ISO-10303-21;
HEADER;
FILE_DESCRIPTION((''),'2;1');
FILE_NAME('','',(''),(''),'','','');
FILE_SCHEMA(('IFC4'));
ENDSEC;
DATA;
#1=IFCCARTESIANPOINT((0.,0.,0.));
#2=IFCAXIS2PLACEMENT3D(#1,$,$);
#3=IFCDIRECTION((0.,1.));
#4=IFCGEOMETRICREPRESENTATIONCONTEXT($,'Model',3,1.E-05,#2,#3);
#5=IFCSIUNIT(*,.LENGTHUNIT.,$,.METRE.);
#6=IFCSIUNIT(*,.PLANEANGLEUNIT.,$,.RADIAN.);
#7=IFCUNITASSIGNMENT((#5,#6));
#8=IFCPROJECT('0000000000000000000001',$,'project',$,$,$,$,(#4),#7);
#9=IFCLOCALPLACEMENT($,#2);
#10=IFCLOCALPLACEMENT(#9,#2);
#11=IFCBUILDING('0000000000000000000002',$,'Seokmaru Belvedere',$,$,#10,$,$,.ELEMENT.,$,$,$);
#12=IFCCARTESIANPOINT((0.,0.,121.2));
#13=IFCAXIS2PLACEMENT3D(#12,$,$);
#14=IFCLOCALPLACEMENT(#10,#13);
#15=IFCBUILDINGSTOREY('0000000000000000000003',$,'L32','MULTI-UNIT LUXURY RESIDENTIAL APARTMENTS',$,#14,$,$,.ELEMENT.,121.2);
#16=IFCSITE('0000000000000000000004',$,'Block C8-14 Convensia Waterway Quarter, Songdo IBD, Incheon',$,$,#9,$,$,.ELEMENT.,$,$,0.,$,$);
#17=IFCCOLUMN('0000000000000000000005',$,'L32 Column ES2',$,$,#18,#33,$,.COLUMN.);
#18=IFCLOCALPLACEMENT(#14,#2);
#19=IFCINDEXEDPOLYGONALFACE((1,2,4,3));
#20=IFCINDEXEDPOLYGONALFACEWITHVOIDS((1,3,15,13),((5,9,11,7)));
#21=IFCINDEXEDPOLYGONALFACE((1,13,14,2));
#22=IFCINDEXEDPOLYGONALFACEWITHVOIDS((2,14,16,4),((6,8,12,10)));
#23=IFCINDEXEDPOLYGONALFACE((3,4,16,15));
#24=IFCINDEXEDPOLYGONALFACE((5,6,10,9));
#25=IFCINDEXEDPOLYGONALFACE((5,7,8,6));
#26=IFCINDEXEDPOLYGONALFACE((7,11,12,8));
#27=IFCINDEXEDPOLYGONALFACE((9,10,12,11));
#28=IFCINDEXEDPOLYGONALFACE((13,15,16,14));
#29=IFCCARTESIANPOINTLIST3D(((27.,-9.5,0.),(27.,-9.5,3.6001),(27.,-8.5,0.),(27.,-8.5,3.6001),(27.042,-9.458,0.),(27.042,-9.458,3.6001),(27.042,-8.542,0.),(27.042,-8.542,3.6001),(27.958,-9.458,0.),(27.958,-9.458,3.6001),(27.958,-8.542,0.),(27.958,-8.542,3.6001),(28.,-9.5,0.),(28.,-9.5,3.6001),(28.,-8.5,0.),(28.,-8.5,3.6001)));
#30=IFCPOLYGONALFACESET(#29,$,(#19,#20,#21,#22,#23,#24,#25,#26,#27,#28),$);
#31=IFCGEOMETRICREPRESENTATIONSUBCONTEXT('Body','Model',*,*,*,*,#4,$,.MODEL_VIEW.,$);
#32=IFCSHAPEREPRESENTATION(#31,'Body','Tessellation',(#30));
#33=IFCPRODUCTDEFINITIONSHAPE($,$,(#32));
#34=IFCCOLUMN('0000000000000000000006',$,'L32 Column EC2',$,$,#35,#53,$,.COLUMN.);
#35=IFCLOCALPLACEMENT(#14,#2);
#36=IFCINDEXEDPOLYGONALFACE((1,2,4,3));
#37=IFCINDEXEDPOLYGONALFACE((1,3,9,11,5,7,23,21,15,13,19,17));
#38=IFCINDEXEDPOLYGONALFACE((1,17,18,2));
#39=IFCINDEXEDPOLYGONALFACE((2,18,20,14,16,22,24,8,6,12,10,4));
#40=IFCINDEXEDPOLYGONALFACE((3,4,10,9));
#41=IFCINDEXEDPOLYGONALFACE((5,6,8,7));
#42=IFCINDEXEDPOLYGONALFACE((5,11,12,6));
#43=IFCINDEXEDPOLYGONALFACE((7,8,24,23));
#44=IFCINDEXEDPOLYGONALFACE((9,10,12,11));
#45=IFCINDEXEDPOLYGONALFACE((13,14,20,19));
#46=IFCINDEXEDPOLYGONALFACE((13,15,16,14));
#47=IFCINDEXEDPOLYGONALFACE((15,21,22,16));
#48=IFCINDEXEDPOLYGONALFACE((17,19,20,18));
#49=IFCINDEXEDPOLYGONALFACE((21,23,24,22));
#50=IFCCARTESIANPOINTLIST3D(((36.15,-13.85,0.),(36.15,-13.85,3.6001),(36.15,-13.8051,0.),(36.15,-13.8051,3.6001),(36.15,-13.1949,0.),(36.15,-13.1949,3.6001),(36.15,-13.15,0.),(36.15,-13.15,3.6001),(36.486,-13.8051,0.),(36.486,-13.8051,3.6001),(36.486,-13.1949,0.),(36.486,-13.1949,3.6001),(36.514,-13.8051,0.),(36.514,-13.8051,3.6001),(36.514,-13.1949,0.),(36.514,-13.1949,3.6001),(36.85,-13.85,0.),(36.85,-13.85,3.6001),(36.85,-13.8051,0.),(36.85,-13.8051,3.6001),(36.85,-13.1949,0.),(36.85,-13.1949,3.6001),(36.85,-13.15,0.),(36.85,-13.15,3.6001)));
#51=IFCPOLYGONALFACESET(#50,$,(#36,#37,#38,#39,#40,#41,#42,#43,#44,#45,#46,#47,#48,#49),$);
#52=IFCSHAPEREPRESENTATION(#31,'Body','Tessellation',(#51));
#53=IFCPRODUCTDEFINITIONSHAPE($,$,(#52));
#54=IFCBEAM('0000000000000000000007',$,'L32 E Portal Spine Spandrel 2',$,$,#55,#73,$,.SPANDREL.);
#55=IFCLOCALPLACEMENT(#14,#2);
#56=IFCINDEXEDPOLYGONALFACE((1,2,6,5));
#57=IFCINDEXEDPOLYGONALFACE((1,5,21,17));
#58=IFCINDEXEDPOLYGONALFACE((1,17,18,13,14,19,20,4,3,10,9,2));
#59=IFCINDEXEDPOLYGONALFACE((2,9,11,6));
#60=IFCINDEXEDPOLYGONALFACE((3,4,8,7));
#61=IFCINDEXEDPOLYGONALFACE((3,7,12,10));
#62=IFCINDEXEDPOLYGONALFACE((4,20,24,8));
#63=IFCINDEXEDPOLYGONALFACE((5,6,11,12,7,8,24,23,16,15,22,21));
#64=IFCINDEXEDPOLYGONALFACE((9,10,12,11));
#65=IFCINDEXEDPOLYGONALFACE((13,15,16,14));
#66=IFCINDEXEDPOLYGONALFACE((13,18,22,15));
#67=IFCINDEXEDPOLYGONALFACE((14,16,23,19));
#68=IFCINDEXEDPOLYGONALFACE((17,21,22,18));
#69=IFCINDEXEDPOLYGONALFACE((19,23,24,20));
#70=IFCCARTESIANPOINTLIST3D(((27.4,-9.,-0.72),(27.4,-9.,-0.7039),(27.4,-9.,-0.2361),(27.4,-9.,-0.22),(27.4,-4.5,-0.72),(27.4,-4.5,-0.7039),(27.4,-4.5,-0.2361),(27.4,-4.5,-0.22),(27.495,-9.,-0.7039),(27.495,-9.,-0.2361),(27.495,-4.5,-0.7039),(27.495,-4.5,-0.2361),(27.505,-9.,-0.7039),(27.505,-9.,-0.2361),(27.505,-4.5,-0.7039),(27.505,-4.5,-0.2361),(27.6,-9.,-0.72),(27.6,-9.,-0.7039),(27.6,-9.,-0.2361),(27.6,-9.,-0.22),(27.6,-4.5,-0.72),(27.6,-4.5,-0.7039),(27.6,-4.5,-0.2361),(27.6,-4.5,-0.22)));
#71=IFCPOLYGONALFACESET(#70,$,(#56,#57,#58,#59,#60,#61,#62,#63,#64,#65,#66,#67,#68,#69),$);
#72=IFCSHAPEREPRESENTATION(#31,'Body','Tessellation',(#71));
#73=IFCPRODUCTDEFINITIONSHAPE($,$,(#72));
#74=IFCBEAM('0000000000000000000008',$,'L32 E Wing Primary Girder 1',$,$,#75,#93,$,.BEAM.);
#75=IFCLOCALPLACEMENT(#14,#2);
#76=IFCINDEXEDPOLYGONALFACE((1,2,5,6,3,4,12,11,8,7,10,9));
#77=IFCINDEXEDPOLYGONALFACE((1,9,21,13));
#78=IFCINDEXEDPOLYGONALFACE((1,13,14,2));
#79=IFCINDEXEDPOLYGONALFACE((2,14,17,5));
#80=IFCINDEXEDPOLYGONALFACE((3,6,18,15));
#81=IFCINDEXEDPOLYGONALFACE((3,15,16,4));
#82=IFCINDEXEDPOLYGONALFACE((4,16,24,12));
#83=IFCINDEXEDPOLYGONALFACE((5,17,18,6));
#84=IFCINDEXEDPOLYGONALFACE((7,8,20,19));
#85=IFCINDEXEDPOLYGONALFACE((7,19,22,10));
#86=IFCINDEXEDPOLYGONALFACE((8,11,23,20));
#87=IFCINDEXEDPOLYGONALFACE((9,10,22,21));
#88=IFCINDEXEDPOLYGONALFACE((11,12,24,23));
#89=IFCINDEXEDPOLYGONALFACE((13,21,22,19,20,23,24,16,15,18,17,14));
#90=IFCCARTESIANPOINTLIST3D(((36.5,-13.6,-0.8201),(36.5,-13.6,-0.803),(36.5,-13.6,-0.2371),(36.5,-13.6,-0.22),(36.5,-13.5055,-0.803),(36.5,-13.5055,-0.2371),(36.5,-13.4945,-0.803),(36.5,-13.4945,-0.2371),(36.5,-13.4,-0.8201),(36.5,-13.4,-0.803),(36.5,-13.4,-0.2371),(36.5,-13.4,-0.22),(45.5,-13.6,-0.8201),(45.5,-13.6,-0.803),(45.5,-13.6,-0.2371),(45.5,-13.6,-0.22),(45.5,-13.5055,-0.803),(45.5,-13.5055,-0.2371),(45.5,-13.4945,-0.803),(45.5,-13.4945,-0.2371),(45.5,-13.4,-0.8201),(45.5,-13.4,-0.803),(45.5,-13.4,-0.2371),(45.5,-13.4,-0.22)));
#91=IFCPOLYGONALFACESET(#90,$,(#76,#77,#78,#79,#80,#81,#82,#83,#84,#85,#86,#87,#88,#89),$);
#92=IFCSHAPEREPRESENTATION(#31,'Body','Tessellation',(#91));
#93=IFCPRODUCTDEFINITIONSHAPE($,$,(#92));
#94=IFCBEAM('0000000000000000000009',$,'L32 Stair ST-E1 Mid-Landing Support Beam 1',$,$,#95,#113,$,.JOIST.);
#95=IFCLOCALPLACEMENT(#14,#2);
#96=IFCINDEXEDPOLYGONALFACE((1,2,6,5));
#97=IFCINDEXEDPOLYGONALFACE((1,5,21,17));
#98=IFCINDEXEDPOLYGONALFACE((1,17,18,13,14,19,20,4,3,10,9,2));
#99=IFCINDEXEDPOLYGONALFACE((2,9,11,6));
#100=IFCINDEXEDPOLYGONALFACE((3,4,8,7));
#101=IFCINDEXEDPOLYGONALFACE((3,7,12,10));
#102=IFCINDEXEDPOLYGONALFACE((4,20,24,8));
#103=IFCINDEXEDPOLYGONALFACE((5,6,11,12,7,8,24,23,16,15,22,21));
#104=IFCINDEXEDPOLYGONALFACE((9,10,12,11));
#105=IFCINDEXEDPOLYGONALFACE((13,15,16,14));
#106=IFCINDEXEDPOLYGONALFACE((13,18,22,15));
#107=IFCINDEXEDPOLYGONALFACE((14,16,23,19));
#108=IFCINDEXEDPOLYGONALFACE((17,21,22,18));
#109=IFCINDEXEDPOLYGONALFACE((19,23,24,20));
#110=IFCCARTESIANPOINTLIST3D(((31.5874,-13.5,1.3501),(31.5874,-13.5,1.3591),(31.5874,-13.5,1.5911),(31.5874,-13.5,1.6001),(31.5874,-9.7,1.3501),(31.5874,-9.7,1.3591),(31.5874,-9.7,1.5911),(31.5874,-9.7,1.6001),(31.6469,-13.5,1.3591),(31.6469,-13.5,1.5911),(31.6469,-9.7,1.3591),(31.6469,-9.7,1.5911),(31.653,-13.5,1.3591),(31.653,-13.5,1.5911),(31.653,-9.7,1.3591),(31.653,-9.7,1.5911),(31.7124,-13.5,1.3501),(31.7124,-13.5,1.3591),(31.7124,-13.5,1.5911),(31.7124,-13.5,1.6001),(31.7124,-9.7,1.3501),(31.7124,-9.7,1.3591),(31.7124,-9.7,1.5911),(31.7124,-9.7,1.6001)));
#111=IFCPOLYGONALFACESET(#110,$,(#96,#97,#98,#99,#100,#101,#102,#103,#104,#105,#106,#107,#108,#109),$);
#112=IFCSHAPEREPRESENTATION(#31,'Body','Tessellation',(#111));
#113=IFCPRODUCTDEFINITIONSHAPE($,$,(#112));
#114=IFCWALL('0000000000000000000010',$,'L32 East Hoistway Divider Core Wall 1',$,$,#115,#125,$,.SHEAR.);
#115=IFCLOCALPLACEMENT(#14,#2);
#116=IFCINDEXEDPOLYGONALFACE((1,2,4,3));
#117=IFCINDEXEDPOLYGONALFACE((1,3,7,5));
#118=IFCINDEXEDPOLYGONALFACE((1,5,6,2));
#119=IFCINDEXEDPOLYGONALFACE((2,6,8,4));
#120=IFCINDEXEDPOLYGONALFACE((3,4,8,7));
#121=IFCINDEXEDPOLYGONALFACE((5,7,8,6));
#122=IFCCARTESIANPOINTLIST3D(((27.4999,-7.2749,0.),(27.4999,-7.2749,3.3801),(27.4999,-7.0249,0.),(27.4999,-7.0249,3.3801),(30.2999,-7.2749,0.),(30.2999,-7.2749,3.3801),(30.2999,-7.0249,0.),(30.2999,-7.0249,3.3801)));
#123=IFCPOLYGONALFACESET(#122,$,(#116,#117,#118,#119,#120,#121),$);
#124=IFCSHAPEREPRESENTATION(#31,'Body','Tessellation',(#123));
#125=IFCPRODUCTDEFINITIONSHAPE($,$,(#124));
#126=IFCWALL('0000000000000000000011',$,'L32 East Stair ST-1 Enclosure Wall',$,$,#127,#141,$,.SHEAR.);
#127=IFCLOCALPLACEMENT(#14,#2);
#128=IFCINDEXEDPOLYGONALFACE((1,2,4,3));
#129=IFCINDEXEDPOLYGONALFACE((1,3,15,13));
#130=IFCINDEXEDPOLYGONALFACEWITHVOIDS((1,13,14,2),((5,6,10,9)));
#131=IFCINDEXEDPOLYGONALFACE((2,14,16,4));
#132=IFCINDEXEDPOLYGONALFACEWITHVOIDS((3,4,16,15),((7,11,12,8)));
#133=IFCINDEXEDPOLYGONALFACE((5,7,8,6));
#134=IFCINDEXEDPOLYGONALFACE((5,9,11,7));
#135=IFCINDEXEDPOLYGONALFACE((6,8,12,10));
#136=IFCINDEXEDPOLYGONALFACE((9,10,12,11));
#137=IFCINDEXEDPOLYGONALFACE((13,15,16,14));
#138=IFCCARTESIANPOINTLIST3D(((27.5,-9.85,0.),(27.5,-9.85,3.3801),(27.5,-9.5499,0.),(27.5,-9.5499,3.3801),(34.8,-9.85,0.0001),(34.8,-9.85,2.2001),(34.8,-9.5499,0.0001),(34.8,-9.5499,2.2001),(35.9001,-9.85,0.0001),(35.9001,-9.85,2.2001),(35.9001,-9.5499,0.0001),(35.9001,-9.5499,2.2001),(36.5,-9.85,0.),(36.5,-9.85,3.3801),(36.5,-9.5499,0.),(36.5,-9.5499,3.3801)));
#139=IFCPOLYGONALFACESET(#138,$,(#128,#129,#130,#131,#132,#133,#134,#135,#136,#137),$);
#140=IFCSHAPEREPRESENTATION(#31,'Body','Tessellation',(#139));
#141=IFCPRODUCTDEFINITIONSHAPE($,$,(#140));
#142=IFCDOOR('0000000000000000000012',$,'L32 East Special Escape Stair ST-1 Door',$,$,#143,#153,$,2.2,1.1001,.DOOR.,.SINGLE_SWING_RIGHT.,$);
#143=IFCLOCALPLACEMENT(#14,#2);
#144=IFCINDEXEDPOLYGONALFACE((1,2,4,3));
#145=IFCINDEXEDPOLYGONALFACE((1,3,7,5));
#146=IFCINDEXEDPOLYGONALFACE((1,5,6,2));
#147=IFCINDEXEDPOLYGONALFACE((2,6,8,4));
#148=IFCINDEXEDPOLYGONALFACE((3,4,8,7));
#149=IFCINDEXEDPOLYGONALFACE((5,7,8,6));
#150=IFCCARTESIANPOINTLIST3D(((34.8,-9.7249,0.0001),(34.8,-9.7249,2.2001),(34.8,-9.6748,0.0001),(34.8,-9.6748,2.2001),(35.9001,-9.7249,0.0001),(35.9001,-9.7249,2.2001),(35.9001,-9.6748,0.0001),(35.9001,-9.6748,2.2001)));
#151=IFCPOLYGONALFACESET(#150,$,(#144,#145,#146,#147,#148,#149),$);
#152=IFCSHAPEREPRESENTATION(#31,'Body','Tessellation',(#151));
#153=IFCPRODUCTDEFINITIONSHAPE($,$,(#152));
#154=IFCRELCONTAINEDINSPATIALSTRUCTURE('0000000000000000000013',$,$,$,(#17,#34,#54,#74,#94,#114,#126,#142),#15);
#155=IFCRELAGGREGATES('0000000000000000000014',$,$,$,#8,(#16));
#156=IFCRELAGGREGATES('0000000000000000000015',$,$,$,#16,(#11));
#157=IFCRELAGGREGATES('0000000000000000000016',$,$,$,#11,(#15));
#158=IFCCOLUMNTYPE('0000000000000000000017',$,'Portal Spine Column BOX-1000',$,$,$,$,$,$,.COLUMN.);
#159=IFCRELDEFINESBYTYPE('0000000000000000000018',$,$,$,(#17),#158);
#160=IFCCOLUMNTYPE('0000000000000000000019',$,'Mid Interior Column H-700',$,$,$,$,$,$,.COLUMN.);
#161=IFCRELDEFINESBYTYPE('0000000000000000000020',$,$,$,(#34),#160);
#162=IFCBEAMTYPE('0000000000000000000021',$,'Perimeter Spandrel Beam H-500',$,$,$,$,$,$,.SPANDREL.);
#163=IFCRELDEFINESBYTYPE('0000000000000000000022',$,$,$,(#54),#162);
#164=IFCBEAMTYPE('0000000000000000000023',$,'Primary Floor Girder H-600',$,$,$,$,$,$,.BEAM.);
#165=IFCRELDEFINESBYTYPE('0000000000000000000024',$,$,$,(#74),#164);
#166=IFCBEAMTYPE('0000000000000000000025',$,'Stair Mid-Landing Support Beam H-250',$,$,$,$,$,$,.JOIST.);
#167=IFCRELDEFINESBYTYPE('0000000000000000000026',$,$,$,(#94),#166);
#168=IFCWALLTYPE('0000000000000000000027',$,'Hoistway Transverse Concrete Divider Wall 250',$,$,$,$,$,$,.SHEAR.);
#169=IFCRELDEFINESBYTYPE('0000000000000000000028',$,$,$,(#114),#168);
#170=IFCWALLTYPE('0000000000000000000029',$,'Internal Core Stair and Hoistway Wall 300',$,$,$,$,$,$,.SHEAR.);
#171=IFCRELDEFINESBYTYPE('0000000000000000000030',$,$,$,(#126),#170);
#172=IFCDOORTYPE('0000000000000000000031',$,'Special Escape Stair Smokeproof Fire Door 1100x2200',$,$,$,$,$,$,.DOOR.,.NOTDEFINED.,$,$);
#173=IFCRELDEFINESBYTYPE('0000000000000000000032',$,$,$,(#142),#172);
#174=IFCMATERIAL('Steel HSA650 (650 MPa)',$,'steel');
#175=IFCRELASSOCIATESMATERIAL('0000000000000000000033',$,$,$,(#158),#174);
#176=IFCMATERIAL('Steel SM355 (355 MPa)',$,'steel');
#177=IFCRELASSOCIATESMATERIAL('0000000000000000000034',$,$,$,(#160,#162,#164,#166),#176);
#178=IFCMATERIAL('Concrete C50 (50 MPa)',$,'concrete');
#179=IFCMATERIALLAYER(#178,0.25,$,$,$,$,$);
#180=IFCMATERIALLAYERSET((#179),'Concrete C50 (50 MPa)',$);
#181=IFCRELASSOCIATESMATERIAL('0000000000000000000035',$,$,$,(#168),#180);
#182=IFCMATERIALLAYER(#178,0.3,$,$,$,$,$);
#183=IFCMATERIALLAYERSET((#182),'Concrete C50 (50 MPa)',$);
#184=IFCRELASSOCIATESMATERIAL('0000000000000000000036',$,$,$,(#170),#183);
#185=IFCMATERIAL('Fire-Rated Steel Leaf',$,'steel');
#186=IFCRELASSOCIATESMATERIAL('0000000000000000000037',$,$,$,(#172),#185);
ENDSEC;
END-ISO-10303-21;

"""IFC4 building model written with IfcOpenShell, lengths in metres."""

from ifc_helpers import new_model, si_unit, direction, frame, frame_2d, origin, origin_2d, place, context, subcontext, project, spatial, rectangle, hollow_rectangle, i_section, extrude, source, transform, mapped, material, layer, layer_set, material_profile, profile_set, type_object, type_shapes, element, fill, save


model = new_model("IFC4")

# Units and contexts
model_context = context("Model", 3, precision=1e-05, world=origin(), true_north=direction((0.0, 1.0)))
body_context = subcontext(model_context, "Body", "Model", "MODEL_VIEW")
ifc_project = project(units=[si_unit("LENGTHUNIT", "METRE"), si_unit("PLANEANGLEUNIT", "RADIAN")], contexts=[model_context])

# Site, building, storey
site_placement = place(None, origin())
site = spatial("IfcSite", under=ifc_project, at=site_placement, Name="Block C8-14 Convensia Waterway Quarter, Songdo IBD, Incheon", CompositionType="ELEMENT", RefElevation=0.0)
building_placement = place(site_placement, origin())
building = spatial("IfcBuilding", under=site, at=building_placement, Name="Seokmaru Belvedere", CompositionType="ELEMENT")
storey_placement = place(building_placement, frame((0.0, 0.0, 121.2)))
storey = spatial("IfcBuildingStorey", under=building, at=storey_placement, Name="L32", Description="MULTI-UNIT LUXURY RESIDENTIAL APARTMENTS", CompositionType="ELEMENT", Elevation=121.2)

# Columns
ifc_material_1 = material(Name="Steel HSA650 (650 MPa)", Category="steel")
ifc_material_profile_1 = material_profile(ifc_material_1, hollow_rectangle(XDim=1.0, YDim=1.0, WallThickness=0.042, at=origin_2d()), Name="BOX-1000x1000x42")
ifc_profile_set_1 = profile_set([ifc_material_profile_1], Name="Steel HSA650 (650 MPa)")
column_type_1 = type_object("IfcColumnType", Name="Portal Spine Column BOX-1000", PredefinedType="COLUMN", material=ifc_profile_set_1)
shared_shape_1 = source(origin(), body_context, "Body", "SweptSolid", [
    extrude(hollow_rectangle(XDim=1.0, YDim=1.0, WallThickness=0.042, at=origin_2d()), origin(), (0.0, 0.0, 1.0), 3.6001),
])
type_shapes(column_type_1, [shared_shape_1])
column_1_placement = place(storey_placement, frame((27.5, -9.0, 0.0), z_axis=(0.0, 0.0, 1.0), x_axis=(1.0, 0.0, 0.0)))
element("IfcColumn", 1, at=column_1_placement, inside=storey, type_object=column_type_1, Name="L32 Column ES2", PredefinedType="COLUMN", context=body_context, shape_type="MappedRepresentation", body=[
    mapped(shared_shape_1, transform((0.0, 0.0, 0.0), scale=1.0)),
])
ifc_material_2 = material(Name="Steel SM355 (355 MPa)", Category="steel")
ifc_material_profile_2 = material_profile(ifc_material_2, i_section(OverallWidth=0.7, OverallDepth=0.7, WebThickness=0.0281, FlangeThickness=0.0449, at=origin_2d()), Name="H-700x700x28x45")
ifc_profile_set_2 = profile_set([ifc_material_profile_2], Name="Steel SM355 (355 MPa)")
column_type_2 = type_object("IfcColumnType", Name="Mid Interior Column H-700", PredefinedType="COLUMN", material=ifc_profile_set_2)
shared_shape_2 = source(origin(), body_context, "Body", "SweptSolid", [
    extrude(i_section(OverallWidth=0.7, OverallDepth=0.7, WebThickness=0.0281, FlangeThickness=0.0449, at=origin_2d()), origin(), (0.0, 0.0, 1.0), 3.6001),
])
type_shapes(column_type_2, [shared_shape_2])
column_2_placement = place(storey_placement, frame((36.5, -13.5, 0.0), z_axis=(0.0, 0.0, 1.0), x_axis=(1.0, 0.0, 0.0)))
element("IfcColumn", 2, at=column_2_placement, inside=storey, type_object=column_type_2, Name="L32 Column EC2", PredefinedType="COLUMN", context=body_context, shape_type="MappedRepresentation", body=[
    mapped(shared_shape_2, transform((0.0, 0.0, 0.0), scale=1.0)),
])

# Beams
ifc_material_profile_3 = material_profile(ifc_material_2, i_section(OverallWidth=0.2, OverallDepth=0.5, WebThickness=0.01, FlangeThickness=0.0161, at=origin_2d()), Name="H-500x200x10x16")
ifc_profile_set_3 = profile_set([ifc_material_profile_3], Name="Steel SM355 (355 MPa)")
beam_type_1 = type_object("IfcBeamType", Name="Perimeter Spandrel Beam H-500", PredefinedType="SPANDREL", material=ifc_profile_set_3)
shared_shape_3 = source(origin(), body_context, "Body", "SweptSolid", [
    extrude(i_section(OverallWidth=0.2, OverallDepth=0.5, WebThickness=0.01, FlangeThickness=0.0161, at=origin_2d()), origin(), (0.0, 0.0, 1.0), 4.5),
])
type_shapes(beam_type_1, [shared_shape_3])
beam_1_placement = place(storey_placement, frame((27.5, -9.0, -0.47), z_axis=(0.0, 1.0, 0.0), x_axis=(-1.0, 0.0, 0.0)))
element("IfcBeam", 3, at=beam_1_placement, inside=storey, type_object=beam_type_1, Name="L32 E Portal Spine Spandrel 2", PredefinedType="SPANDREL", context=body_context, shape_type="MappedRepresentation", body=[
    mapped(shared_shape_3, transform((0.0, 0.0, 0.0), scale=1.0)),
])
ifc_material_profile_4 = material_profile(ifc_material_2, i_section(OverallWidth=0.2, OverallDepth=0.6001, WebThickness=0.011, FlangeThickness=0.0171, at=origin_2d()), Name="H-600x200x11x17")
ifc_profile_set_4 = profile_set([ifc_material_profile_4], Name="Steel SM355 (355 MPa)")
beam_type_2 = type_object("IfcBeamType", Name="Primary Floor Girder H-600", PredefinedType="BEAM", material=ifc_profile_set_4)
shared_shape_4 = source(origin(), body_context, "Body", "SweptSolid", [
    extrude(i_section(OverallWidth=0.2, OverallDepth=0.6001, WebThickness=0.011, FlangeThickness=0.0171, at=origin_2d()), origin(), (0.0, 0.0, 1.0), 9.0),
])
type_shapes(beam_type_2, [shared_shape_4])
beam_2_placement = place(storey_placement, frame((36.5, -13.5, -0.52), z_axis=(1.0, 0.0, 0.0), x_axis=(0.0, 1.0, 0.0)))
element("IfcBeam", 4, at=beam_2_placement, inside=storey, type_object=beam_type_2, Name="L32 E Wing Primary Girder 1", PredefinedType="BEAM", context=body_context, shape_type="MappedRepresentation", body=[
    mapped(shared_shape_4, transform((0.0, 0.0, 0.0), scale=1.0)),
])
ifc_material_profile_5 = material_profile(ifc_material_2, i_section(OverallWidth=0.125, OverallDepth=0.25, WebThickness=0.0061, FlangeThickness=0.009, at=origin_2d()), Name="H-250x125x6x9")
ifc_profile_set_5 = profile_set([ifc_material_profile_5], Name="Steel SM355 (355 MPa)")
beam_type_3 = type_object("IfcBeamType", Name="Stair Mid-Landing Support Beam H-250", PredefinedType="JOIST", material=ifc_profile_set_5)
shared_shape_5 = source(origin(), body_context, "Body", "SweptSolid", [
    extrude(i_section(OverallWidth=0.125, OverallDepth=0.25, WebThickness=0.0061, FlangeThickness=0.009, at=origin_2d()), origin(), (0.0, 0.0, 1.0), 3.8),
])
type_shapes(beam_type_3, [shared_shape_5])
beam_3_placement = place(storey_placement, frame((31.6499, -13.5, 1.4751), z_axis=(0.0, 1.0, 0.0), x_axis=(-1.0, 0.0, 0.0)))
element("IfcBeam", 5, at=beam_3_placement, inside=storey, type_object=beam_type_3, Name="L32 Stair ST-E1 Mid-Landing Support Beam 1", PredefinedType="JOIST", context=body_context, shape_type="MappedRepresentation", body=[
    mapped(shared_shape_5, transform((0.0, 0.0, 0.0), scale=1.0)),
])

# Wall
ifc_material_3 = material(Name="Concrete C50 (50 MPa)", Category="concrete")
ifc_layer_1 = layer(ifc_material_3, 0.25)
ifc_layer_set_1 = layer_set([ifc_layer_1], Name="Concrete C50 (50 MPa)")
wall_type_1 = type_object("IfcWallType", Name="Hoistway Transverse Concrete Divider Wall 250", PredefinedType="SHEAR", material=ifc_layer_set_1)
wall_1_placement = place(storey_placement, frame((27.5, -7.1499, 0.0), z_axis=(0.0, 0.0, 1.0), x_axis=(1.0, 0.0, 0.0)))
element("IfcWall", 6, at=wall_1_placement, inside=storey, type_object=wall_type_1, Name="L32 East Hoistway Divider Core Wall 1", PredefinedType="SHEAR", context=body_context, shape_type="SweptSolid", body=[
    extrude(rectangle(XDim=2.8, YDim=0.25, at=frame_2d((1.3999, 0.0))), origin(), (0.0, 0.0, 1.0), 3.3801),
])

# Wall, opening, door
ifc_layer_2 = layer(ifc_material_3, 0.3)
ifc_layer_set_2 = layer_set([ifc_layer_2], Name="Concrete C50 (50 MPa)")
wall_type_2 = type_object("IfcWallType", Name="Internal Core Stair and Hoistway Wall 300", PredefinedType="SHEAR", material=ifc_layer_set_2)
wall_2_placement = place(storey_placement, frame((27.5, -9.7, 0.0), z_axis=(0.0, 0.0, 1.0), x_axis=(1.0, 0.0, 0.0)))
wall_2 = element("IfcWall", 7, at=wall_2_placement, inside=storey, type_object=wall_type_2, Name="L32 East Stair ST-1 Enclosure Wall", PredefinedType="SHEAR", context=body_context, shape_type="SweptSolid", body=[
    extrude(rectangle(XDim=9.0, YDim=0.3, at=frame_2d((4.5, 0.0))), origin(), (0.0, 0.0, 1.0), 3.3801),
])
opening_1_placement = place(wall_2_placement, frame((7.3, 0.0, 0.0)))
opening_1 = element("IfcOpeningElement", 8, at=opening_1_placement, cuts=wall_2, PredefinedType="OPENING", context=body_context, shape_type="SweptSolid", body=[
    extrude(rectangle(XDim=1.1001, YDim=2.2, at=frame_2d((0.55, 1.1001))), frame((0.0, 0.1602, 0.0), z_axis=(0.0, -1.0, 0.0), x_axis=(1.0, 0.0, 0.0)), (0.0, 0.0, 1.0), 0.3201),
])
ifc_material_4 = material(Name="Fire-Rated Steel Leaf", Category="steel")
door_type_1 = type_object("IfcDoorType", Name="Special Escape Stair Smokeproof Fire Door 1100x2200", OperationType="NOTDEFINED", PredefinedType="DOOR", material=ifc_material_4)
shared_shape_6 = source(origin(), body_context, "Body", "SweptSolid", [
    extrude(rectangle(XDim=1.1001, YDim=2.2, at=frame_2d((0.55, 1.1001))), frame((0.0, 0.0249, 0.0), z_axis=(0.0, -1.0, 0.0), x_axis=(1.0, 0.0, 0.0)), (0.0, 0.0, 1.0), 0.05),
])
type_shapes(door_type_1, [shared_shape_6])
door_1_placement = place(opening_1_placement, frame((1.1001, 0.0, 0.0), z_axis=(0.0, 0.0, 1.0), x_axis=(-1.0, 0.0, 0.0)))
door_1 = element("IfcDoor", 9, at=door_1_placement, inside=storey, type_object=door_type_1, Name="L32 East Special Escape Stair ST-1 Door", OperationType="SINGLE_SWING_RIGHT", OverallHeight=2.2, OverallWidth=1.1001, PredefinedType="DOOR", context=body_context, shape_type="MappedRepresentation", body=[
    mapped(shared_shape_6, transform((0.0, 0.0, 0.0), scale=1.0)),
])
fill(opening_1, door_1)

save(model, "model.ifc")
